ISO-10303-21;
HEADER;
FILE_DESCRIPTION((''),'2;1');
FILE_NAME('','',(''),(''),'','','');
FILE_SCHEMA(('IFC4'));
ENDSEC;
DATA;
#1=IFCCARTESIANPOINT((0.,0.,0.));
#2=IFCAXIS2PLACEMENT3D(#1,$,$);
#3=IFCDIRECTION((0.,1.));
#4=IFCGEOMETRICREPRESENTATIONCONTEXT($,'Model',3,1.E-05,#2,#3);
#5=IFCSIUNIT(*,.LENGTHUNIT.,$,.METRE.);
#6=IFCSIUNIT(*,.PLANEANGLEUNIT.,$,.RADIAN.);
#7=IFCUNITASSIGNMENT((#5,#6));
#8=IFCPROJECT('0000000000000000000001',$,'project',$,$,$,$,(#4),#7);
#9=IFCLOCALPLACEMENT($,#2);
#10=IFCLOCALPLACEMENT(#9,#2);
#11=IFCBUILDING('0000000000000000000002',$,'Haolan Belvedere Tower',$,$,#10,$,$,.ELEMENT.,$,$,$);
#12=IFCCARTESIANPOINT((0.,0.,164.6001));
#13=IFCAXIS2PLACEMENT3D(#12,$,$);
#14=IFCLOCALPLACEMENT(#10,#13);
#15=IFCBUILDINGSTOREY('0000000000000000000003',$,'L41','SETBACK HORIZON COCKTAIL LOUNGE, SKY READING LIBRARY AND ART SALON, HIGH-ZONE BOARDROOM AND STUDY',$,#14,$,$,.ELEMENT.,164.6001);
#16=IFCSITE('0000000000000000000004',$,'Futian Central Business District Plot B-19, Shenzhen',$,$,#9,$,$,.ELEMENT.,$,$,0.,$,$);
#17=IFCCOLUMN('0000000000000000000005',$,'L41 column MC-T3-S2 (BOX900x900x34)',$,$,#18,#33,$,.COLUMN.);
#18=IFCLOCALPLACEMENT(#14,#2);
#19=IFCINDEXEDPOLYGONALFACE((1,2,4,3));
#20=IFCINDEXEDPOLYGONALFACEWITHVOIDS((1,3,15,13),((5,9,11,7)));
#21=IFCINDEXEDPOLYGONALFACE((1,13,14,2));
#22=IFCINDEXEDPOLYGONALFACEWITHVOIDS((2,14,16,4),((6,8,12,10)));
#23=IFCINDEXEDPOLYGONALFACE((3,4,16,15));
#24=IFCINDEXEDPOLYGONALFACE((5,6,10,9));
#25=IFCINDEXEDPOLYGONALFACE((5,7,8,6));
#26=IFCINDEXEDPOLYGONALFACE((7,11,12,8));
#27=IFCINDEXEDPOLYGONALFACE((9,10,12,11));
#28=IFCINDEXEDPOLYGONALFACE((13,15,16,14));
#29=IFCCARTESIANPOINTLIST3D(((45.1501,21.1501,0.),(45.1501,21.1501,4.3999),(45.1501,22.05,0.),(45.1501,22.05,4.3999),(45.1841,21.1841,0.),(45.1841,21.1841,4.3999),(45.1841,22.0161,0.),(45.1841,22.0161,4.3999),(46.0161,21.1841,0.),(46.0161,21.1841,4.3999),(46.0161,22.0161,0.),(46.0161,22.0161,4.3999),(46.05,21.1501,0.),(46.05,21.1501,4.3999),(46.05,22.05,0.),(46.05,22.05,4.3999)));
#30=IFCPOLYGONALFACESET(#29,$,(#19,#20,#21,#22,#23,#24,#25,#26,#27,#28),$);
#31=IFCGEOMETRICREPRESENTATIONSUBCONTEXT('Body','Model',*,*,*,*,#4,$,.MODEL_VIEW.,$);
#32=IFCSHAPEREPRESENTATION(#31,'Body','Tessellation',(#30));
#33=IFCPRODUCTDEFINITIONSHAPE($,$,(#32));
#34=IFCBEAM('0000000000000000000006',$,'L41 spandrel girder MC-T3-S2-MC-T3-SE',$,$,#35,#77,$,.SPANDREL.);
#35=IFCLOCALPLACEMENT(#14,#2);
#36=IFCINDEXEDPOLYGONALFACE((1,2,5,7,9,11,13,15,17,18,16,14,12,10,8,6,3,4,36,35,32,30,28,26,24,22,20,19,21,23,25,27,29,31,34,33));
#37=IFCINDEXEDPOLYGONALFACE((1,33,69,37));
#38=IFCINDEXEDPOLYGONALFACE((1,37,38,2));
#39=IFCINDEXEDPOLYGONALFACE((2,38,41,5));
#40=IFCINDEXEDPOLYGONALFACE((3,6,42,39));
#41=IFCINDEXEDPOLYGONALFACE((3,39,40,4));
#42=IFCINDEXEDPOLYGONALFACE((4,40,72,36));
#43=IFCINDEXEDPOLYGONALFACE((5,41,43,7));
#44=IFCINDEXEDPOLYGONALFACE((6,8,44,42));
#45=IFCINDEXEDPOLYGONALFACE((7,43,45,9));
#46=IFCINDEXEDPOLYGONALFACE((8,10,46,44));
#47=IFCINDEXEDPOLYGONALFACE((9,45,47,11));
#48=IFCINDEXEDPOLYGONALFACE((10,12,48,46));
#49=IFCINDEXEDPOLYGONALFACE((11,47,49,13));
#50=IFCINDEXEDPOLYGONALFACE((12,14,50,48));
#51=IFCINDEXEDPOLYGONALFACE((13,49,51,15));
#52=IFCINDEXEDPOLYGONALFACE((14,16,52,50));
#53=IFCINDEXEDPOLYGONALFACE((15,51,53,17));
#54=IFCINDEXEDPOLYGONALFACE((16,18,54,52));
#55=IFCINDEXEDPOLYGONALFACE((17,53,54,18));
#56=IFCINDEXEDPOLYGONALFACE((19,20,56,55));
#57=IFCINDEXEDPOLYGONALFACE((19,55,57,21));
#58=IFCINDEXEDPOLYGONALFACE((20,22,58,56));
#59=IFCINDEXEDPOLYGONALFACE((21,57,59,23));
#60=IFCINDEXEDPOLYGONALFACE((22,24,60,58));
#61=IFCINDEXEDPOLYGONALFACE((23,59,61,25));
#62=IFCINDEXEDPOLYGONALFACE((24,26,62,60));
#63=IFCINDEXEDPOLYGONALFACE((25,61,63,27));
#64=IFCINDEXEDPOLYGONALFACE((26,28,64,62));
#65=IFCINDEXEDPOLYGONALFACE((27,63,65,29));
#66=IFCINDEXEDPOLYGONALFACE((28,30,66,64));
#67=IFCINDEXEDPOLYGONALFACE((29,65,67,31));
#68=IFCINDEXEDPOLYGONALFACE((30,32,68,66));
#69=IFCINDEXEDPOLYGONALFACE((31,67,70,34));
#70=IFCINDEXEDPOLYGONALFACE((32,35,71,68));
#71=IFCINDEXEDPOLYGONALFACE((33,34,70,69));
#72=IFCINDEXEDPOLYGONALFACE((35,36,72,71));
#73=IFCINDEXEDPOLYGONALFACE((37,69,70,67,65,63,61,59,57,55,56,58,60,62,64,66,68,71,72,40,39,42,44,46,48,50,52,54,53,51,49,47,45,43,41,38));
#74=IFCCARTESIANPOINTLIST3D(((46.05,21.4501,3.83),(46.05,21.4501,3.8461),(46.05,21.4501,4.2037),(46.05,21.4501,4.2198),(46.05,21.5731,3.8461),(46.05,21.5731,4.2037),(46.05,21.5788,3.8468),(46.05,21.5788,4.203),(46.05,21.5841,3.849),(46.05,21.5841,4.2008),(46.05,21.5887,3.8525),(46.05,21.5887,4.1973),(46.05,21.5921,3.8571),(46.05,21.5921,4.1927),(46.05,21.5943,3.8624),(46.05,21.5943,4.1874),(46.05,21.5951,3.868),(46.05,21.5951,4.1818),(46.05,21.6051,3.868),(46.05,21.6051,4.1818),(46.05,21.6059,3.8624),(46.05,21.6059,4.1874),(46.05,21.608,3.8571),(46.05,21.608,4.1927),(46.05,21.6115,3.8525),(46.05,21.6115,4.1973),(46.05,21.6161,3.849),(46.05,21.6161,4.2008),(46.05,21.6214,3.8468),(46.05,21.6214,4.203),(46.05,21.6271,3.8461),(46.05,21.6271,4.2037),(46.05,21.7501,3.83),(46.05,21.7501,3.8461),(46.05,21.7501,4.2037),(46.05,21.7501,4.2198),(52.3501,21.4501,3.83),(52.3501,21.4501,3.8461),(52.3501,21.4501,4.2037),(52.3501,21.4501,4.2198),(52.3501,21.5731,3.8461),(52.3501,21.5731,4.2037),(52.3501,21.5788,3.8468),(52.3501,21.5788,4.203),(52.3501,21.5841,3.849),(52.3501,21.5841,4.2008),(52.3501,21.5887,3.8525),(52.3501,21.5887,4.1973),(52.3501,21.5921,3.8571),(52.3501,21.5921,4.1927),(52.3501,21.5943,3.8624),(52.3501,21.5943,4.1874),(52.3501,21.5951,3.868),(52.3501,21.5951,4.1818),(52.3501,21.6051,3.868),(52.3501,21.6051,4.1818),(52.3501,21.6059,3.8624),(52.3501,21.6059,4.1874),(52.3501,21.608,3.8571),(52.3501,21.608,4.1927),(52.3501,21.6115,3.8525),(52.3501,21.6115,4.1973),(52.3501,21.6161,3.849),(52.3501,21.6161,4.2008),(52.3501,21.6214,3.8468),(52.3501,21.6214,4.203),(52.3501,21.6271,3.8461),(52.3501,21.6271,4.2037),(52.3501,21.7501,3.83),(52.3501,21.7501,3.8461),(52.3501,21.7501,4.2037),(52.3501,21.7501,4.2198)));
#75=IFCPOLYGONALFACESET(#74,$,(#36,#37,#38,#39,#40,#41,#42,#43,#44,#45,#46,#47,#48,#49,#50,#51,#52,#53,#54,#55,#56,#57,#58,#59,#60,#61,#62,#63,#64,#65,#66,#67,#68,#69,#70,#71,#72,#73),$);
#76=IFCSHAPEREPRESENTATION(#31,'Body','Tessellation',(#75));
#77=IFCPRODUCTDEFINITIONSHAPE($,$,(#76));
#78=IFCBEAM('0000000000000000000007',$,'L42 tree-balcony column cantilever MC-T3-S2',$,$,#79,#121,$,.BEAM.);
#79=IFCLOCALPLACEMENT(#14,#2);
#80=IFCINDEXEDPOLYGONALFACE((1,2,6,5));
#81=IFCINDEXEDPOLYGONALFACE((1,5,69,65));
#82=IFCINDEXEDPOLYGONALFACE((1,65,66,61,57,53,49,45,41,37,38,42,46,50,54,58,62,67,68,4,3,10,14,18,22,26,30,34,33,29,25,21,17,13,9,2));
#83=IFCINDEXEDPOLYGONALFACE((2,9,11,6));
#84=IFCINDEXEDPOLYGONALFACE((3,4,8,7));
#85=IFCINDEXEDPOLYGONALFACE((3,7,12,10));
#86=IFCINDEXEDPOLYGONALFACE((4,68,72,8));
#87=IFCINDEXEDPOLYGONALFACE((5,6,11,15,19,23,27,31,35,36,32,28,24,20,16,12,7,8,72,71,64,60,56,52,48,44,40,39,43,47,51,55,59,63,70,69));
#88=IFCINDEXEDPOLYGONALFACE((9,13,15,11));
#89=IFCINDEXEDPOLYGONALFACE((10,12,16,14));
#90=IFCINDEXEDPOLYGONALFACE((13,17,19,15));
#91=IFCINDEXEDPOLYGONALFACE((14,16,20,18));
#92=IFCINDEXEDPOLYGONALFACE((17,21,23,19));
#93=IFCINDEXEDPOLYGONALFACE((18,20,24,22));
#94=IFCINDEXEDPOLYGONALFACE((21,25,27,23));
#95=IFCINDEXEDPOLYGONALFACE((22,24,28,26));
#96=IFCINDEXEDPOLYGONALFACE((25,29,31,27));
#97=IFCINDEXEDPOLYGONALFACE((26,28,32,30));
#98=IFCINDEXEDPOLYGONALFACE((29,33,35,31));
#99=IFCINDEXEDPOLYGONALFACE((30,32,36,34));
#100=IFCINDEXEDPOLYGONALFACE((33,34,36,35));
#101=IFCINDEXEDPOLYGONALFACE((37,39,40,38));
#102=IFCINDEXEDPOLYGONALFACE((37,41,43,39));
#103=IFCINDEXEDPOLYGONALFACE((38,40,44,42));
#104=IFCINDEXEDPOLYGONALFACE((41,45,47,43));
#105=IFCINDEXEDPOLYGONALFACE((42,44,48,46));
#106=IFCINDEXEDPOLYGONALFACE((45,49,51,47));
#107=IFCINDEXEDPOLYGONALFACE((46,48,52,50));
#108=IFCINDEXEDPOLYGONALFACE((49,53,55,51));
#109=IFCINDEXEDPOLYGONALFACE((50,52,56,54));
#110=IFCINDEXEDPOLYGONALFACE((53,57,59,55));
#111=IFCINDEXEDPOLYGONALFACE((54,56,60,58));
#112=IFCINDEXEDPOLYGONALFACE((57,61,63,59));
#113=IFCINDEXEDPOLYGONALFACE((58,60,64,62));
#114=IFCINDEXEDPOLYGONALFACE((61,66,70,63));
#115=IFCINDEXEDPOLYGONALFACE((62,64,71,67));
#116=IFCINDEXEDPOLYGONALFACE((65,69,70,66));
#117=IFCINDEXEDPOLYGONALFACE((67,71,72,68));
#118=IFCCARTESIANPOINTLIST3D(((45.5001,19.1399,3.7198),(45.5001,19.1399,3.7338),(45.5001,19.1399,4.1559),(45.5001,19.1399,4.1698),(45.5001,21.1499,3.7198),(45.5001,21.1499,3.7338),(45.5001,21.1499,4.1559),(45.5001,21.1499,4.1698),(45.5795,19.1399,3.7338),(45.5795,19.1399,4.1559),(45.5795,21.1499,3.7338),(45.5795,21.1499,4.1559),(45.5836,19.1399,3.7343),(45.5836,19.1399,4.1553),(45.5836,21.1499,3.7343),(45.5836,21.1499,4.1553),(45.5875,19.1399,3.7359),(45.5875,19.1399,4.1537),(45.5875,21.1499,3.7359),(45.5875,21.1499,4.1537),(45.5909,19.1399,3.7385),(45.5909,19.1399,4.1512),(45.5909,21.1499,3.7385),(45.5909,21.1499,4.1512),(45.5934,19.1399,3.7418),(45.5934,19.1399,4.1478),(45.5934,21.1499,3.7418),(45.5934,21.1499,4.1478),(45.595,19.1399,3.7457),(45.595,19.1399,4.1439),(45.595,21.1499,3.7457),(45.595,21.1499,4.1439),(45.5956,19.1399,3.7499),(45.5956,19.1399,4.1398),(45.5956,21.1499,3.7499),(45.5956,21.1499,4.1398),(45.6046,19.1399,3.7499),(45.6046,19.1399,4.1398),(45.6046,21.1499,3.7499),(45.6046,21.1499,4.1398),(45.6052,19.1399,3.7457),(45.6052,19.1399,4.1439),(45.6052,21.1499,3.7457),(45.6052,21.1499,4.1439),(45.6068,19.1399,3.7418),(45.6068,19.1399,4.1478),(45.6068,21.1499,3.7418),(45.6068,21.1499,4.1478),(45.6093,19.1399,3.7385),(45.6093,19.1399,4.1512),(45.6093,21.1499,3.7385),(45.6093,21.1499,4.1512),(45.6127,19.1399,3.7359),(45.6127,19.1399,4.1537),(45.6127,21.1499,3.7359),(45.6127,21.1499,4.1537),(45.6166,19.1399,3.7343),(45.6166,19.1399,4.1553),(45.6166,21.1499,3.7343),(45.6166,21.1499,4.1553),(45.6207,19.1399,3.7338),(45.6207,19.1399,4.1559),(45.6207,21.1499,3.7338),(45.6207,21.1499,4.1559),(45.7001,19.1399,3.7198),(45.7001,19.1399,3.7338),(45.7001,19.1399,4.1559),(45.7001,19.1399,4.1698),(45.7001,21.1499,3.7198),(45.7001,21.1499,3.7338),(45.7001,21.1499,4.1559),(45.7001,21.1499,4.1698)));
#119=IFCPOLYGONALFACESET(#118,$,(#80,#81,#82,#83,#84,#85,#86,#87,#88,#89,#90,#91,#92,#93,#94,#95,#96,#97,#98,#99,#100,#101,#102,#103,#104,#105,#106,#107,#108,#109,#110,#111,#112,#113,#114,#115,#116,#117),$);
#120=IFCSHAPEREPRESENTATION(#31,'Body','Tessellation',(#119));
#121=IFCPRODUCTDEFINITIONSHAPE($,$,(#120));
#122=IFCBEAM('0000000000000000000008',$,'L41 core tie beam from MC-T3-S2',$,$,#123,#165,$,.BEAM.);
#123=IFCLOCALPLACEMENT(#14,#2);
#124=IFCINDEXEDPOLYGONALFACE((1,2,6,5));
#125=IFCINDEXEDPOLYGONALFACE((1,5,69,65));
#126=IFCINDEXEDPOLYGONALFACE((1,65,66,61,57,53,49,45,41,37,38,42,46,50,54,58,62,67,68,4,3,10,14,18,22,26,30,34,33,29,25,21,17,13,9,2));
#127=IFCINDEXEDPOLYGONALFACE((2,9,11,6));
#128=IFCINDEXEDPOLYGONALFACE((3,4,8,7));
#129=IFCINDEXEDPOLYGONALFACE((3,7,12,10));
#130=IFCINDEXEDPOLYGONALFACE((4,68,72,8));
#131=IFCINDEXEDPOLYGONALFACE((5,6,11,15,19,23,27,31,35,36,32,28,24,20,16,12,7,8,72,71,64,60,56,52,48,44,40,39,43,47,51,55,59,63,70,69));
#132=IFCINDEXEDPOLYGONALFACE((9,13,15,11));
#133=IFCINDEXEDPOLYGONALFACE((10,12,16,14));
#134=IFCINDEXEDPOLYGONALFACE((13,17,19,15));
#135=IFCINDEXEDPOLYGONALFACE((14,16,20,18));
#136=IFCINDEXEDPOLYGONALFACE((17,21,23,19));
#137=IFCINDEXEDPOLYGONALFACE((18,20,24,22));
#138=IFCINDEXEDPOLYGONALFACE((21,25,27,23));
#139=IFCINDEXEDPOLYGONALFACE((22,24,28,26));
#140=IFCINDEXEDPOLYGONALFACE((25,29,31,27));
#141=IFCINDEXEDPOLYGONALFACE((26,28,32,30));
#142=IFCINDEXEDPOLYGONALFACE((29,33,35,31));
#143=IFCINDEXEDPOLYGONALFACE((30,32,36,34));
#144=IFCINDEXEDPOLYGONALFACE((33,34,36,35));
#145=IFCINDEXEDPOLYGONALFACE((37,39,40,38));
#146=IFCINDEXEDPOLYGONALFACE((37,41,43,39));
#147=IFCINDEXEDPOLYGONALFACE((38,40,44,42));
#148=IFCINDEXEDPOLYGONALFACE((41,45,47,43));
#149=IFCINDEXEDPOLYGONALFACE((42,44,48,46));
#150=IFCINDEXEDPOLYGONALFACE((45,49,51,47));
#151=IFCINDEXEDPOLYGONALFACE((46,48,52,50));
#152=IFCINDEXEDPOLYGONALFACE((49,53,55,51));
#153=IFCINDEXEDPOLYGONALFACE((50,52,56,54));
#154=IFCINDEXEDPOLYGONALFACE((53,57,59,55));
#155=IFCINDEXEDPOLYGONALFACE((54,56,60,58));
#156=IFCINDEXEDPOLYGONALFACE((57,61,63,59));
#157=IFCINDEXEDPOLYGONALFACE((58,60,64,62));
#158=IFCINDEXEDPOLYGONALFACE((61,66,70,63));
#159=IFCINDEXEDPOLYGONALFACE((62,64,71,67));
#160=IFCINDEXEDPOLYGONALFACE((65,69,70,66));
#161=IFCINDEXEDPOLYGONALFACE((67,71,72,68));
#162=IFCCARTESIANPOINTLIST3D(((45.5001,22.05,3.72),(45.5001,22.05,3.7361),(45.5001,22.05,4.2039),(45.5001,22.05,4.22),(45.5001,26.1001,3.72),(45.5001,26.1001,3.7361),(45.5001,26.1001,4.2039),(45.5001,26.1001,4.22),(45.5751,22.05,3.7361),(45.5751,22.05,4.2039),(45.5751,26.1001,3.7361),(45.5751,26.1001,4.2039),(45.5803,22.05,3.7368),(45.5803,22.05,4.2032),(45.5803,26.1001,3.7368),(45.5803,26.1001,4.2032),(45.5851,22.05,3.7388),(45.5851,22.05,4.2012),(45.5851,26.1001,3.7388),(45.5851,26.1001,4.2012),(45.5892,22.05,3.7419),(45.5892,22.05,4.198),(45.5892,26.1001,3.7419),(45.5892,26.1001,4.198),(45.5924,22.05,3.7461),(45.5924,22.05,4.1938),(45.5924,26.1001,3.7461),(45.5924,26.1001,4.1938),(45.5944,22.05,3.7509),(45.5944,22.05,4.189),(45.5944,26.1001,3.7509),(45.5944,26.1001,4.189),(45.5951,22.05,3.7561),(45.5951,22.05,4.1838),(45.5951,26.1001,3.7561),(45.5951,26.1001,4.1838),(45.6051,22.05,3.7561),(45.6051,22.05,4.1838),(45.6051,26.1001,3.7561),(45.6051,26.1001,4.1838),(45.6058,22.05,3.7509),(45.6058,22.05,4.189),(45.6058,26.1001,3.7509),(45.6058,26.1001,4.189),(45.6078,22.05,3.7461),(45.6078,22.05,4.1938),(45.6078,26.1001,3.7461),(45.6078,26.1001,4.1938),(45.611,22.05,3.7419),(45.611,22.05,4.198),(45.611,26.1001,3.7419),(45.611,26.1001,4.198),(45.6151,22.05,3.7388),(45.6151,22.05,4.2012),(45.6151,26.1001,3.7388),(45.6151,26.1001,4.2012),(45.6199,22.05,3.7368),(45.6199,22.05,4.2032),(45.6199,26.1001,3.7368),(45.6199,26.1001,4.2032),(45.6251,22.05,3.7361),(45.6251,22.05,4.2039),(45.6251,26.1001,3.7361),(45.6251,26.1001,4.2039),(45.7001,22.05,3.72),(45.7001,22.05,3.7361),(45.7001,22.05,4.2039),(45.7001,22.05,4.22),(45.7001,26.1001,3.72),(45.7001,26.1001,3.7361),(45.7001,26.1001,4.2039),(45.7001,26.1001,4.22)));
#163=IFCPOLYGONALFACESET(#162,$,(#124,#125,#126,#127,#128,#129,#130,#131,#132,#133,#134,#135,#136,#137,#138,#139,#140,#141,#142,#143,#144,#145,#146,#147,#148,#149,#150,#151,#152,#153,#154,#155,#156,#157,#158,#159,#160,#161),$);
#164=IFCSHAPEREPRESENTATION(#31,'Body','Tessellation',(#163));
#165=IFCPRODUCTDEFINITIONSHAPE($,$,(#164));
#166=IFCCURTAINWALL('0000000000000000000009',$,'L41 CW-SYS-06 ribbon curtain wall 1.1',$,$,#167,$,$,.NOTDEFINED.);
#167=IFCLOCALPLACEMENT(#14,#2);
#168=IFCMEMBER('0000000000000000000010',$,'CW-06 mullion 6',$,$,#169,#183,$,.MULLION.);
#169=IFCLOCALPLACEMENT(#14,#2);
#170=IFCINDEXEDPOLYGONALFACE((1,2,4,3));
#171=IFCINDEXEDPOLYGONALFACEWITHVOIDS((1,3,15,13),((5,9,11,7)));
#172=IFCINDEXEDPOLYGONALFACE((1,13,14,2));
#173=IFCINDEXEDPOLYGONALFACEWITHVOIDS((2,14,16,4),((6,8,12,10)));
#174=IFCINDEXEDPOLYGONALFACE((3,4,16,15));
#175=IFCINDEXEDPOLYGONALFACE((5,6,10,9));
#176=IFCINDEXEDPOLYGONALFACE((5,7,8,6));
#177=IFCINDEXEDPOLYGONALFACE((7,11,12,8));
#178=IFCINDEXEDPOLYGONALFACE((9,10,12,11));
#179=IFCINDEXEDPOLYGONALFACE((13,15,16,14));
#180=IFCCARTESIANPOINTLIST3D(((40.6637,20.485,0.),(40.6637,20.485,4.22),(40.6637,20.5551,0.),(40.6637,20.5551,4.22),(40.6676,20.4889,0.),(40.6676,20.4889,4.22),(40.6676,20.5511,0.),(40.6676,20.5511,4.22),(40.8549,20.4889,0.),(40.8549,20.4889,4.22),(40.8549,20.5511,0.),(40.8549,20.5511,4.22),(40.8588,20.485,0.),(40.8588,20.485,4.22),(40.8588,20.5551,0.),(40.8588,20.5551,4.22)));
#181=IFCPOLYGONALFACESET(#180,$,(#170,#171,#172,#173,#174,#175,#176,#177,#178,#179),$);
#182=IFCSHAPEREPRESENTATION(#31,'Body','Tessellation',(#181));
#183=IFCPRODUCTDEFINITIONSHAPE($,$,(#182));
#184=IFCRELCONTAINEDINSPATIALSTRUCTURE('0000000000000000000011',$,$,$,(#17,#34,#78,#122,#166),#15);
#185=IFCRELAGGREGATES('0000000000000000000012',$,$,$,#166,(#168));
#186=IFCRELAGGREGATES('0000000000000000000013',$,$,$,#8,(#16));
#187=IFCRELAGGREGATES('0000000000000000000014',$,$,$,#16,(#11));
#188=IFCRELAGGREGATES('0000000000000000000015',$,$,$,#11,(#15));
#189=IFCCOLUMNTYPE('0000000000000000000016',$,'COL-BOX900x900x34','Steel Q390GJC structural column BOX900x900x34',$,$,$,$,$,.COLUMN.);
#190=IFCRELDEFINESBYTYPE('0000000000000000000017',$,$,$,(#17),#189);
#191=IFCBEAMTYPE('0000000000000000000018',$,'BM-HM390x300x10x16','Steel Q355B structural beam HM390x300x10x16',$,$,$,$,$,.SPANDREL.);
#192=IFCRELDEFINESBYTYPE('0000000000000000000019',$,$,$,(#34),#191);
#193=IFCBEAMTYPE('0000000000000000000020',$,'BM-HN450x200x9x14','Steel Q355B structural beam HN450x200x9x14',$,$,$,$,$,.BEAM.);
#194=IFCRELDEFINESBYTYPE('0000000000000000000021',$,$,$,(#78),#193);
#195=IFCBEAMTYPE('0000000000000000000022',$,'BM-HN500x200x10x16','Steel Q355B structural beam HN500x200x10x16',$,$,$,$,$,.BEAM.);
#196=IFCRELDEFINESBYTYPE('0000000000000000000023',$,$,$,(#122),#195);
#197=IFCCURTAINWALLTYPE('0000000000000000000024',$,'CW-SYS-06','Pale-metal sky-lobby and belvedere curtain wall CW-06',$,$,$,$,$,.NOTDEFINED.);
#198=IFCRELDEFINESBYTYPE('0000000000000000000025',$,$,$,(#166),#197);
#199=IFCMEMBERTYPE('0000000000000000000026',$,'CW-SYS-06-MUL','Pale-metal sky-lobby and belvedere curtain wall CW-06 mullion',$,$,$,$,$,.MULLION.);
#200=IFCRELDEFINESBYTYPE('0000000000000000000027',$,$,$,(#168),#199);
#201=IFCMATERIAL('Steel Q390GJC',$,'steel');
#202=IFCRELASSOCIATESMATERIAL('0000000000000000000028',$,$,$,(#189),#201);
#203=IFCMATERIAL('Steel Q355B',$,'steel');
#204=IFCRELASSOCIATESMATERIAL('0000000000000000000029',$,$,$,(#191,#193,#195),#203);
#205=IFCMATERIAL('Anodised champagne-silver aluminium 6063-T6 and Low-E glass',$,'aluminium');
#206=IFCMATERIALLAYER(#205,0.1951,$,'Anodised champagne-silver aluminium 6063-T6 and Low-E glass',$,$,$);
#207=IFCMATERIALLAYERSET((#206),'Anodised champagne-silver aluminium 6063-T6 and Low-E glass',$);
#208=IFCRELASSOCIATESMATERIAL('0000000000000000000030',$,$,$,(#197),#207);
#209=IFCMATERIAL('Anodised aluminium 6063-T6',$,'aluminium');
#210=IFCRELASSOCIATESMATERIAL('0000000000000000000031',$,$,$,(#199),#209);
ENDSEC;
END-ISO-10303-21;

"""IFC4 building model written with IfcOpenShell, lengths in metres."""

from ifc_helpers import new_model, si_unit, direction, frame, origin, origin_2d, place, context, subcontext, project, spatial, hollow_rectangle, i_section, extrude, material, layer, layer_set, material_profile, profile_set, type_object, element, aggregate, save


model = new_model("IFC4")

# Units and contexts
model_context = context("Model", 3, precision=1e-05, world=origin(), true_north=direction((0.0, 1.0)))
body_context = subcontext(model_context, "Body", "Model", "MODEL_VIEW")
ifc_project = project(units=[si_unit("LENGTHUNIT", "METRE"), si_unit("PLANEANGLEUNIT", "RADIAN")], contexts=[model_context])

# Site, building, storey
site_placement = place(None, origin())
site = spatial("IfcSite", under=ifc_project, at=site_placement, Name="Futian Central Business District Plot B-19, Shenzhen", CompositionType="ELEMENT", RefElevation=0.0)
building_placement = place(site_placement, origin())
building = spatial("IfcBuilding", under=site, at=building_placement, Name="Haolan Belvedere Tower", CompositionType="ELEMENT")
storey_placement = place(building_placement, frame((0.0, 0.0, 164.6001)))
storey = spatial("IfcBuildingStorey", under=building, at=storey_placement, Name="L41", Description="SETBACK HORIZON COCKTAIL LOUNGE, SKY READING LIBRARY AND ART SALON, HIGH-ZONE BOARDROOM AND STUDY", CompositionType="ELEMENT", Elevation=164.6001)

# Column
ifc_material_1 = material(Name="Steel Q390GJC", Category="steel")
ifc_material_profile_1 = material_profile(ifc_material_1, hollow_rectangle(XDim=0.8999, YDim=0.8999, WallThickness=0.0339, at=origin_2d()), Name="Steel Q390GJC")
ifc_profile_set_1 = profile_set([ifc_material_profile_1], Name="Steel Q390GJC")
column_type = type_object("IfcColumnType", Name="COL-BOX900x900x34", Description="Steel Q390GJC structural column BOX900x900x34", PredefinedType="COLUMN", material=ifc_profile_set_1)
column_placement = place(storey_placement, frame((45.6001, 21.6001, 0.0), z_axis=(0.0, 0.0, 1.0), x_axis=(1.0, 0.0, 0.0)))
element("IfcColumn", 1, at=column_placement, inside=storey, type_object=column_type, Name="L41 column MC-T3-S2 (BOX900x900x34)", PredefinedType="COLUMN", context=body_context, shape_type="SweptSolid", body=[
    extrude(hollow_rectangle(XDim=0.8999, YDim=0.8999, WallThickness=0.0339, at=origin_2d()), origin(), (0.0, 0.0, 1.0), 4.3999),
])

# Beams
ifc_material_2 = material(Name="Steel Q355B", Category="steel")
ifc_material_profile_2 = material_profile(ifc_material_2, i_section(OverallWidth=0.3, OverallDepth=0.3899, WebThickness=0.01, FlangeThickness=0.0161, FilletRadius=0.022, at=origin_2d()), Name="Steel Q355B")
ifc_profile_set_2 = profile_set([ifc_material_profile_2], Name="Steel Q355B")
beam_type_1 = type_object("IfcBeamType", Name="BM-HM390x300x10x16", Description="Steel Q355B structural beam HM390x300x10x16", PredefinedType="SPANDREL", material=ifc_profile_set_2)
beam_1_placement = place(storey_placement, frame((46.05, 21.6001, 4.0249), z_axis=(1.0, 0.0, 0.0), x_axis=(0.0, 1.0, 0.0)))
element("IfcBeam", 2, at=beam_1_placement, inside=storey, type_object=beam_type_1, Name="L41 spandrel girder MC-T3-S2-MC-T3-SE", PredefinedType="SPANDREL", context=body_context, shape_type="SweptSolid", body=[
    extrude(i_section(OverallWidth=0.3, OverallDepth=0.3899, WebThickness=0.01, FlangeThickness=0.0161, FilletRadius=0.022, at=origin_2d()), origin(), (0.0, 0.0, 1.0), 6.3),
])
ifc_material_profile_3 = material_profile(ifc_material_2, i_section(OverallWidth=0.2, OverallDepth=0.45, WebThickness=0.009, FlangeThickness=0.0139, FilletRadius=0.0161, at=origin_2d()), Name="Steel Q355B")
ifc_profile_set_3 = profile_set([ifc_material_profile_3], Name="Steel Q355B")
beam_type_2 = type_object("IfcBeamType", Name="BM-HN450x200x9x14", Description="Steel Q355B structural beam HN450x200x9x14", PredefinedType="BEAM", material=ifc_profile_set_3)
beam_2_placement = place(storey_placement, frame((45.6001, 21.1499, 3.9448), z_axis=(0.0, -1.0, 0.0), x_axis=(1.0, 0.0, 0.0)))
element("IfcBeam", 3, at=beam_2_placement, inside=storey, type_object=beam_type_2, Name="L42 tree-balcony column cantilever MC-T3-S2", PredefinedType="BEAM", context=body_context, shape_type="SweptSolid", body=[
    extrude(i_section(OverallWidth=0.2, OverallDepth=0.45, WebThickness=0.009, FlangeThickness=0.0139, FilletRadius=0.0161, at=origin_2d()), origin(), (0.0, 0.0, 1.0), 2.01),
])
ifc_material_profile_4 = material_profile(ifc_material_2, i_section(OverallWidth=0.2, OverallDepth=0.5, WebThickness=0.01, FlangeThickness=0.0161, FilletRadius=0.02, at=origin_2d()), Name="Steel Q355B")
ifc_profile_set_4 = profile_set([ifc_material_profile_4], Name="Steel Q355B")
beam_type_3 = type_object("IfcBeamType", Name="BM-HN500x200x10x16", Description="Steel Q355B structural beam HN500x200x10x16", PredefinedType="BEAM", material=ifc_profile_set_4)
beam_3_placement = place(storey_placement, frame((45.6001, 22.05, 3.97), z_axis=(0.0, 1.0, 0.0), x_axis=(-1.0, 0.0, 0.0)))
element("IfcBeam", 4, at=beam_3_placement, inside=storey, type_object=beam_type_3, Name="L41 core tie beam from MC-T3-S2", PredefinedType="BEAM", context=body_context, shape_type="SweptSolid", body=[
    extrude(i_section(OverallWidth=0.2, OverallDepth=0.5, WebThickness=0.01, FlangeThickness=0.0161, FilletRadius=0.02, at=origin_2d()), origin(), (0.0, 0.0, 1.0), 4.05),
])

# Curtain wall, member
ifc_material_3 = material(Name="Anodised champagne-silver aluminium 6063-T6 and Low-E glass", Category="aluminium")
ifc_layer_1 = layer(ifc_material_3, 0.1951, Name="Anodised champagne-silver aluminium 6063-T6 and Low-E glass")
ifc_layer_set_1 = layer_set([ifc_layer_1], Name="Anodised champagne-silver aluminium 6063-T6 and Low-E glass")
curtain_wall_type = type_object("IfcCurtainWallType", Name="CW-SYS-06", Description="Pale-metal sky-lobby and belvedere curtain wall CW-06", PredefinedType="NOTDEFINED", material=ifc_layer_set_1)
curtain_wall_placement = place(storey_placement, origin())
curtain_wall = element("IfcCurtainWall", 5, at=curtain_wall_placement, inside=storey, type_object=curtain_wall_type, Name="L41 CW-SYS-06 ribbon curtain wall 1.1", PredefinedType="NOTDEFINED")
ifc_material_4 = material(Name="Anodised aluminium 6063-T6", Category="aluminium")
ifc_material_profile_5 = material_profile(ifc_material_4, hollow_rectangle(XDim=0.0701, YDim=0.1951, WallThickness=0.0039, at=origin_2d()), Name="Anodised aluminium 6063-T6")
ifc_profile_set_5 = profile_set([ifc_material_profile_5], Name="Anodised aluminium 6063-T6")
member_type_1 = type_object("IfcMemberType", Name="CW-SYS-06-MUL", Description="Pale-metal sky-lobby and belvedere curtain wall CW-06 mullion", PredefinedType="MULLION", material=ifc_profile_set_5)
member_1_placement = place(storey_placement, frame((40.7612, 20.52, 0.0), z_axis=(0.0, 0.0, 1.0), x_axis=(0.0, 1.0, 0.0)))
member_1 = element("IfcMember", 6, at=member_1_placement, type_object=member_type_1, Name="CW-06 mullion 6", PredefinedType="MULLION", context=body_context, shape_type="SweptSolid", body=[
    extrude(hollow_rectangle(XDim=0.0701, YDim=0.1951, WallThickness=0.0039, at=origin_2d()), origin(), (0.0, 0.0, 1.0), 4.22),
])
aggregate(curtain_wall, [member_1])

save(model, "model.ifc")
